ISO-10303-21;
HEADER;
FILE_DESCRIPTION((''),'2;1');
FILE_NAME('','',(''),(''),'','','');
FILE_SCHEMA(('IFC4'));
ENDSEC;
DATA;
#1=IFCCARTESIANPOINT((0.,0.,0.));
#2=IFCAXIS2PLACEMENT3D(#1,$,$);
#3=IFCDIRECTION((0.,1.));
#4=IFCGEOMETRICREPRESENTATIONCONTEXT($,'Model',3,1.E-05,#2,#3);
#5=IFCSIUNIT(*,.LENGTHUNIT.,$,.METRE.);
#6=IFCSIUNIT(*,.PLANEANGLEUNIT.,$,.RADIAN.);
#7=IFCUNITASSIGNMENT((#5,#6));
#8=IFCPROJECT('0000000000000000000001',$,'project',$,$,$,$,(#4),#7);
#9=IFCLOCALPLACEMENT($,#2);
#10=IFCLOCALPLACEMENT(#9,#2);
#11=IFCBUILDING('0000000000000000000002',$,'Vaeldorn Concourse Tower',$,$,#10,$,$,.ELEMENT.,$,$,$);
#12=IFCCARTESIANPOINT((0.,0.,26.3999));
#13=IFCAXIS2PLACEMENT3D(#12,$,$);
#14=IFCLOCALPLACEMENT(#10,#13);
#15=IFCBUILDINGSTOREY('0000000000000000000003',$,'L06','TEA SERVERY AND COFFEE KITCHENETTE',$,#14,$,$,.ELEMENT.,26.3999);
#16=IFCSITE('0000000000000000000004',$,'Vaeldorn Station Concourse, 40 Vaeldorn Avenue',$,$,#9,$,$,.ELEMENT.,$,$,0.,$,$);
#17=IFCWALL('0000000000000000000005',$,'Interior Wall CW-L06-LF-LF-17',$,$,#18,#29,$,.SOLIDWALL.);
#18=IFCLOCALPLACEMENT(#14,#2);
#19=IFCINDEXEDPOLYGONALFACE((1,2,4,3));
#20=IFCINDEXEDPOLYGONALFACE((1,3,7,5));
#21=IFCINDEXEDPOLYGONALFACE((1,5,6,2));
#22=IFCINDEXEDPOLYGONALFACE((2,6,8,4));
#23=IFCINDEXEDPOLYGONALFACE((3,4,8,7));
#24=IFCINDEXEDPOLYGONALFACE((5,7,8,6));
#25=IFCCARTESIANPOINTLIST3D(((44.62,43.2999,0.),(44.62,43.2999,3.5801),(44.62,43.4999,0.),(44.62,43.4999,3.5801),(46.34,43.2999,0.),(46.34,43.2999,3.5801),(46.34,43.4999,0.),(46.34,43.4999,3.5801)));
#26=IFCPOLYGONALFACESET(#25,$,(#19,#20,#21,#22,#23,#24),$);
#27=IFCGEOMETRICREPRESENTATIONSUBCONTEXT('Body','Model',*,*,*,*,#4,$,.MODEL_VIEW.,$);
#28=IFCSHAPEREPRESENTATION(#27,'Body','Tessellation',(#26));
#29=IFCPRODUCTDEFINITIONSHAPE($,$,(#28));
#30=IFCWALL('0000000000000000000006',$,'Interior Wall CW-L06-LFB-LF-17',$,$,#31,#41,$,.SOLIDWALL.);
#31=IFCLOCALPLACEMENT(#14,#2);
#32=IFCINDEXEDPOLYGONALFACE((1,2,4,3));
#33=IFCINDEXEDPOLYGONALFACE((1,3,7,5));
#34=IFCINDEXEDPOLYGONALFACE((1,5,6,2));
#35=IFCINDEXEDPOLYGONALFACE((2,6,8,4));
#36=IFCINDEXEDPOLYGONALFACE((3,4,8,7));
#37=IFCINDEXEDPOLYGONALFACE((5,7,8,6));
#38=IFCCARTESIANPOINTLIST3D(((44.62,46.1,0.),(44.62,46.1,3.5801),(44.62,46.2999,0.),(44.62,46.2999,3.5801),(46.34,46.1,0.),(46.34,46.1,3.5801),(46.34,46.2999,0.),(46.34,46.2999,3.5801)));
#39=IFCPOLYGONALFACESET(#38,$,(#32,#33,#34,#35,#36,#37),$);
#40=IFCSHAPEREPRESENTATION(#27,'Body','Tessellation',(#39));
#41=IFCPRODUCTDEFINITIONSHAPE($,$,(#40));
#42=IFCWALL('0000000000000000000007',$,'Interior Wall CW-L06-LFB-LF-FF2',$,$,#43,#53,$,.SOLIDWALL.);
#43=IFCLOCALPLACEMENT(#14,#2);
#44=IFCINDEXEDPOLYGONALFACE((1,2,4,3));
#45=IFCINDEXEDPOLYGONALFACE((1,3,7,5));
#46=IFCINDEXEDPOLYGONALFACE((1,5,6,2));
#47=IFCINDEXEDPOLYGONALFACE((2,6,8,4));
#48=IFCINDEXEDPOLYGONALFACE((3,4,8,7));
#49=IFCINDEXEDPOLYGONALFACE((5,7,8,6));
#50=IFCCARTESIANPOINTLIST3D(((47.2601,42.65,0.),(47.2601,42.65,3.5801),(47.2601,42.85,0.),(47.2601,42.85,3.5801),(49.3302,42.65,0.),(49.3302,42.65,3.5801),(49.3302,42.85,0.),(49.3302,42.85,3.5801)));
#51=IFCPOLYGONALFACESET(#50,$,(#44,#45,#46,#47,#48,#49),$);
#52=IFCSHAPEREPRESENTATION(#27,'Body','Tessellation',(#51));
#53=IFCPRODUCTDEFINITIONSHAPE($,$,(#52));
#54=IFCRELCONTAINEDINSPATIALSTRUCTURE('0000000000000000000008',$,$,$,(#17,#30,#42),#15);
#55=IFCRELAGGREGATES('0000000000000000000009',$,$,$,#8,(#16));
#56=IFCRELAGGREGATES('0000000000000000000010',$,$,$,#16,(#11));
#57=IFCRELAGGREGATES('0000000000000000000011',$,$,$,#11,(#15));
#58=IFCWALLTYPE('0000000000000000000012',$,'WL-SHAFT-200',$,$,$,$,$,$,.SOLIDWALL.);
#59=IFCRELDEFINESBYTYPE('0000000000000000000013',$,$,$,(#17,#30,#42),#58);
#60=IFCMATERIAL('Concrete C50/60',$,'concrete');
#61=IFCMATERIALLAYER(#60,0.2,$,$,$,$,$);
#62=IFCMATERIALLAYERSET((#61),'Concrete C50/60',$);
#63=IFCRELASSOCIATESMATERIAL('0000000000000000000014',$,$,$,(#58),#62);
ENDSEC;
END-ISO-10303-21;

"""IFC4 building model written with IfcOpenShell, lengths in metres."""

from ifc_helpers import new_model, si_unit, direction, frame, frame_2d, origin, place, context, subcontext, project, spatial, rectangle, extrude, material, layer, layer_set, type_object, element, save


model = new_model("IFC4")

# Units and contexts
model_context = context("Model", 3, precision=1e-05, world=origin(), true_north=direction((0.0, 1.0)))
body_context = subcontext(model_context, "Body", "Model", "MODEL_VIEW")
ifc_project = project(units=[si_unit("LENGTHUNIT", "METRE"), si_unit("PLANEANGLEUNIT", "RADIAN")], contexts=[model_context])

# Site, building, storey
site_placement = place(None, origin())
site = spatial("IfcSite", under=ifc_project, at=site_placement, Name="Vaeldorn Station Concourse, 40 Vaeldorn Avenue", CompositionType="ELEMENT", RefElevation=0.0)
building_placement = place(site_placement, origin())
building = spatial("IfcBuilding", under=site, at=building_placement, Name="Vaeldorn Concourse Tower", CompositionType="ELEMENT")
storey_placement = place(building_placement, frame((0.0, 0.0, 26.3999)))
storey = spatial("IfcBuildingStorey", under=building, at=storey_placement, Name="L06", Description="TEA SERVERY AND COFFEE KITCHENETTE", CompositionType="ELEMENT", Elevation=26.3999)

# Walls
ifc_material_1 = material(Name="Concrete C50/60", Category="concrete")
ifc_layer_1 = layer(ifc_material_1, 0.2)
ifc_layer_set_1 = layer_set([ifc_layer_1], Name="Concrete C50/60")
wall_type_1 = type_object("IfcWallType", Name="WL-SHAFT-200", PredefinedType="SOLIDWALL", material=ifc_layer_set_1)
for number, where, z_axis, x_axis, name in (
    (1, (44.6201, 43.3999, 0.0), (0.0, 0.0, 1.0), (1.0, 0.0, 0.0), "Interior Wall CW-L06-LF-LF-17"),
    (2, (44.6201, 46.2, 0.0), (0.0, 0.0, 1.0), (1.0, 0.0, 0.0), "Interior Wall CW-L06-LFB-LF-17"),
):
    element("IfcWall", number, at=place(storey_placement, frame(where, z_axis=z_axis, x_axis=x_axis)), inside=storey, type_object=wall_type_1, Name=name, PredefinedType="SOLIDWALL", context=body_context, shape_type="SweptSolid", body=[
        extrude(rectangle(XDim=1.72, YDim=0.2, at=frame_2d((0.8599, 0.0))), origin(), (0.0, 0.0, 1.0), 3.5801),
    ])

# Wall
wall_1_placement = place(storey_placement, frame((47.26, 42.75, 0.0), z_axis=(0.0, 0.0, 1.0), x_axis=(1.0, 0.0, 0.0)))
element("IfcWall", 3, at=wall_1_placement, inside=storey, type_object=wall_type_1, Name="Interior Wall CW-L06-LFB-LF-FF2", PredefinedType="SOLIDWALL", context=body_context, shape_type="SweptSolid", body=[
    extrude(rectangle(XDim=2.0701, YDim=0.2, at=frame_2d((1.0352, 0.0))), origin(), (0.0, 0.0, 1.0), 3.5801),
])

save(model, "model.ifc")
